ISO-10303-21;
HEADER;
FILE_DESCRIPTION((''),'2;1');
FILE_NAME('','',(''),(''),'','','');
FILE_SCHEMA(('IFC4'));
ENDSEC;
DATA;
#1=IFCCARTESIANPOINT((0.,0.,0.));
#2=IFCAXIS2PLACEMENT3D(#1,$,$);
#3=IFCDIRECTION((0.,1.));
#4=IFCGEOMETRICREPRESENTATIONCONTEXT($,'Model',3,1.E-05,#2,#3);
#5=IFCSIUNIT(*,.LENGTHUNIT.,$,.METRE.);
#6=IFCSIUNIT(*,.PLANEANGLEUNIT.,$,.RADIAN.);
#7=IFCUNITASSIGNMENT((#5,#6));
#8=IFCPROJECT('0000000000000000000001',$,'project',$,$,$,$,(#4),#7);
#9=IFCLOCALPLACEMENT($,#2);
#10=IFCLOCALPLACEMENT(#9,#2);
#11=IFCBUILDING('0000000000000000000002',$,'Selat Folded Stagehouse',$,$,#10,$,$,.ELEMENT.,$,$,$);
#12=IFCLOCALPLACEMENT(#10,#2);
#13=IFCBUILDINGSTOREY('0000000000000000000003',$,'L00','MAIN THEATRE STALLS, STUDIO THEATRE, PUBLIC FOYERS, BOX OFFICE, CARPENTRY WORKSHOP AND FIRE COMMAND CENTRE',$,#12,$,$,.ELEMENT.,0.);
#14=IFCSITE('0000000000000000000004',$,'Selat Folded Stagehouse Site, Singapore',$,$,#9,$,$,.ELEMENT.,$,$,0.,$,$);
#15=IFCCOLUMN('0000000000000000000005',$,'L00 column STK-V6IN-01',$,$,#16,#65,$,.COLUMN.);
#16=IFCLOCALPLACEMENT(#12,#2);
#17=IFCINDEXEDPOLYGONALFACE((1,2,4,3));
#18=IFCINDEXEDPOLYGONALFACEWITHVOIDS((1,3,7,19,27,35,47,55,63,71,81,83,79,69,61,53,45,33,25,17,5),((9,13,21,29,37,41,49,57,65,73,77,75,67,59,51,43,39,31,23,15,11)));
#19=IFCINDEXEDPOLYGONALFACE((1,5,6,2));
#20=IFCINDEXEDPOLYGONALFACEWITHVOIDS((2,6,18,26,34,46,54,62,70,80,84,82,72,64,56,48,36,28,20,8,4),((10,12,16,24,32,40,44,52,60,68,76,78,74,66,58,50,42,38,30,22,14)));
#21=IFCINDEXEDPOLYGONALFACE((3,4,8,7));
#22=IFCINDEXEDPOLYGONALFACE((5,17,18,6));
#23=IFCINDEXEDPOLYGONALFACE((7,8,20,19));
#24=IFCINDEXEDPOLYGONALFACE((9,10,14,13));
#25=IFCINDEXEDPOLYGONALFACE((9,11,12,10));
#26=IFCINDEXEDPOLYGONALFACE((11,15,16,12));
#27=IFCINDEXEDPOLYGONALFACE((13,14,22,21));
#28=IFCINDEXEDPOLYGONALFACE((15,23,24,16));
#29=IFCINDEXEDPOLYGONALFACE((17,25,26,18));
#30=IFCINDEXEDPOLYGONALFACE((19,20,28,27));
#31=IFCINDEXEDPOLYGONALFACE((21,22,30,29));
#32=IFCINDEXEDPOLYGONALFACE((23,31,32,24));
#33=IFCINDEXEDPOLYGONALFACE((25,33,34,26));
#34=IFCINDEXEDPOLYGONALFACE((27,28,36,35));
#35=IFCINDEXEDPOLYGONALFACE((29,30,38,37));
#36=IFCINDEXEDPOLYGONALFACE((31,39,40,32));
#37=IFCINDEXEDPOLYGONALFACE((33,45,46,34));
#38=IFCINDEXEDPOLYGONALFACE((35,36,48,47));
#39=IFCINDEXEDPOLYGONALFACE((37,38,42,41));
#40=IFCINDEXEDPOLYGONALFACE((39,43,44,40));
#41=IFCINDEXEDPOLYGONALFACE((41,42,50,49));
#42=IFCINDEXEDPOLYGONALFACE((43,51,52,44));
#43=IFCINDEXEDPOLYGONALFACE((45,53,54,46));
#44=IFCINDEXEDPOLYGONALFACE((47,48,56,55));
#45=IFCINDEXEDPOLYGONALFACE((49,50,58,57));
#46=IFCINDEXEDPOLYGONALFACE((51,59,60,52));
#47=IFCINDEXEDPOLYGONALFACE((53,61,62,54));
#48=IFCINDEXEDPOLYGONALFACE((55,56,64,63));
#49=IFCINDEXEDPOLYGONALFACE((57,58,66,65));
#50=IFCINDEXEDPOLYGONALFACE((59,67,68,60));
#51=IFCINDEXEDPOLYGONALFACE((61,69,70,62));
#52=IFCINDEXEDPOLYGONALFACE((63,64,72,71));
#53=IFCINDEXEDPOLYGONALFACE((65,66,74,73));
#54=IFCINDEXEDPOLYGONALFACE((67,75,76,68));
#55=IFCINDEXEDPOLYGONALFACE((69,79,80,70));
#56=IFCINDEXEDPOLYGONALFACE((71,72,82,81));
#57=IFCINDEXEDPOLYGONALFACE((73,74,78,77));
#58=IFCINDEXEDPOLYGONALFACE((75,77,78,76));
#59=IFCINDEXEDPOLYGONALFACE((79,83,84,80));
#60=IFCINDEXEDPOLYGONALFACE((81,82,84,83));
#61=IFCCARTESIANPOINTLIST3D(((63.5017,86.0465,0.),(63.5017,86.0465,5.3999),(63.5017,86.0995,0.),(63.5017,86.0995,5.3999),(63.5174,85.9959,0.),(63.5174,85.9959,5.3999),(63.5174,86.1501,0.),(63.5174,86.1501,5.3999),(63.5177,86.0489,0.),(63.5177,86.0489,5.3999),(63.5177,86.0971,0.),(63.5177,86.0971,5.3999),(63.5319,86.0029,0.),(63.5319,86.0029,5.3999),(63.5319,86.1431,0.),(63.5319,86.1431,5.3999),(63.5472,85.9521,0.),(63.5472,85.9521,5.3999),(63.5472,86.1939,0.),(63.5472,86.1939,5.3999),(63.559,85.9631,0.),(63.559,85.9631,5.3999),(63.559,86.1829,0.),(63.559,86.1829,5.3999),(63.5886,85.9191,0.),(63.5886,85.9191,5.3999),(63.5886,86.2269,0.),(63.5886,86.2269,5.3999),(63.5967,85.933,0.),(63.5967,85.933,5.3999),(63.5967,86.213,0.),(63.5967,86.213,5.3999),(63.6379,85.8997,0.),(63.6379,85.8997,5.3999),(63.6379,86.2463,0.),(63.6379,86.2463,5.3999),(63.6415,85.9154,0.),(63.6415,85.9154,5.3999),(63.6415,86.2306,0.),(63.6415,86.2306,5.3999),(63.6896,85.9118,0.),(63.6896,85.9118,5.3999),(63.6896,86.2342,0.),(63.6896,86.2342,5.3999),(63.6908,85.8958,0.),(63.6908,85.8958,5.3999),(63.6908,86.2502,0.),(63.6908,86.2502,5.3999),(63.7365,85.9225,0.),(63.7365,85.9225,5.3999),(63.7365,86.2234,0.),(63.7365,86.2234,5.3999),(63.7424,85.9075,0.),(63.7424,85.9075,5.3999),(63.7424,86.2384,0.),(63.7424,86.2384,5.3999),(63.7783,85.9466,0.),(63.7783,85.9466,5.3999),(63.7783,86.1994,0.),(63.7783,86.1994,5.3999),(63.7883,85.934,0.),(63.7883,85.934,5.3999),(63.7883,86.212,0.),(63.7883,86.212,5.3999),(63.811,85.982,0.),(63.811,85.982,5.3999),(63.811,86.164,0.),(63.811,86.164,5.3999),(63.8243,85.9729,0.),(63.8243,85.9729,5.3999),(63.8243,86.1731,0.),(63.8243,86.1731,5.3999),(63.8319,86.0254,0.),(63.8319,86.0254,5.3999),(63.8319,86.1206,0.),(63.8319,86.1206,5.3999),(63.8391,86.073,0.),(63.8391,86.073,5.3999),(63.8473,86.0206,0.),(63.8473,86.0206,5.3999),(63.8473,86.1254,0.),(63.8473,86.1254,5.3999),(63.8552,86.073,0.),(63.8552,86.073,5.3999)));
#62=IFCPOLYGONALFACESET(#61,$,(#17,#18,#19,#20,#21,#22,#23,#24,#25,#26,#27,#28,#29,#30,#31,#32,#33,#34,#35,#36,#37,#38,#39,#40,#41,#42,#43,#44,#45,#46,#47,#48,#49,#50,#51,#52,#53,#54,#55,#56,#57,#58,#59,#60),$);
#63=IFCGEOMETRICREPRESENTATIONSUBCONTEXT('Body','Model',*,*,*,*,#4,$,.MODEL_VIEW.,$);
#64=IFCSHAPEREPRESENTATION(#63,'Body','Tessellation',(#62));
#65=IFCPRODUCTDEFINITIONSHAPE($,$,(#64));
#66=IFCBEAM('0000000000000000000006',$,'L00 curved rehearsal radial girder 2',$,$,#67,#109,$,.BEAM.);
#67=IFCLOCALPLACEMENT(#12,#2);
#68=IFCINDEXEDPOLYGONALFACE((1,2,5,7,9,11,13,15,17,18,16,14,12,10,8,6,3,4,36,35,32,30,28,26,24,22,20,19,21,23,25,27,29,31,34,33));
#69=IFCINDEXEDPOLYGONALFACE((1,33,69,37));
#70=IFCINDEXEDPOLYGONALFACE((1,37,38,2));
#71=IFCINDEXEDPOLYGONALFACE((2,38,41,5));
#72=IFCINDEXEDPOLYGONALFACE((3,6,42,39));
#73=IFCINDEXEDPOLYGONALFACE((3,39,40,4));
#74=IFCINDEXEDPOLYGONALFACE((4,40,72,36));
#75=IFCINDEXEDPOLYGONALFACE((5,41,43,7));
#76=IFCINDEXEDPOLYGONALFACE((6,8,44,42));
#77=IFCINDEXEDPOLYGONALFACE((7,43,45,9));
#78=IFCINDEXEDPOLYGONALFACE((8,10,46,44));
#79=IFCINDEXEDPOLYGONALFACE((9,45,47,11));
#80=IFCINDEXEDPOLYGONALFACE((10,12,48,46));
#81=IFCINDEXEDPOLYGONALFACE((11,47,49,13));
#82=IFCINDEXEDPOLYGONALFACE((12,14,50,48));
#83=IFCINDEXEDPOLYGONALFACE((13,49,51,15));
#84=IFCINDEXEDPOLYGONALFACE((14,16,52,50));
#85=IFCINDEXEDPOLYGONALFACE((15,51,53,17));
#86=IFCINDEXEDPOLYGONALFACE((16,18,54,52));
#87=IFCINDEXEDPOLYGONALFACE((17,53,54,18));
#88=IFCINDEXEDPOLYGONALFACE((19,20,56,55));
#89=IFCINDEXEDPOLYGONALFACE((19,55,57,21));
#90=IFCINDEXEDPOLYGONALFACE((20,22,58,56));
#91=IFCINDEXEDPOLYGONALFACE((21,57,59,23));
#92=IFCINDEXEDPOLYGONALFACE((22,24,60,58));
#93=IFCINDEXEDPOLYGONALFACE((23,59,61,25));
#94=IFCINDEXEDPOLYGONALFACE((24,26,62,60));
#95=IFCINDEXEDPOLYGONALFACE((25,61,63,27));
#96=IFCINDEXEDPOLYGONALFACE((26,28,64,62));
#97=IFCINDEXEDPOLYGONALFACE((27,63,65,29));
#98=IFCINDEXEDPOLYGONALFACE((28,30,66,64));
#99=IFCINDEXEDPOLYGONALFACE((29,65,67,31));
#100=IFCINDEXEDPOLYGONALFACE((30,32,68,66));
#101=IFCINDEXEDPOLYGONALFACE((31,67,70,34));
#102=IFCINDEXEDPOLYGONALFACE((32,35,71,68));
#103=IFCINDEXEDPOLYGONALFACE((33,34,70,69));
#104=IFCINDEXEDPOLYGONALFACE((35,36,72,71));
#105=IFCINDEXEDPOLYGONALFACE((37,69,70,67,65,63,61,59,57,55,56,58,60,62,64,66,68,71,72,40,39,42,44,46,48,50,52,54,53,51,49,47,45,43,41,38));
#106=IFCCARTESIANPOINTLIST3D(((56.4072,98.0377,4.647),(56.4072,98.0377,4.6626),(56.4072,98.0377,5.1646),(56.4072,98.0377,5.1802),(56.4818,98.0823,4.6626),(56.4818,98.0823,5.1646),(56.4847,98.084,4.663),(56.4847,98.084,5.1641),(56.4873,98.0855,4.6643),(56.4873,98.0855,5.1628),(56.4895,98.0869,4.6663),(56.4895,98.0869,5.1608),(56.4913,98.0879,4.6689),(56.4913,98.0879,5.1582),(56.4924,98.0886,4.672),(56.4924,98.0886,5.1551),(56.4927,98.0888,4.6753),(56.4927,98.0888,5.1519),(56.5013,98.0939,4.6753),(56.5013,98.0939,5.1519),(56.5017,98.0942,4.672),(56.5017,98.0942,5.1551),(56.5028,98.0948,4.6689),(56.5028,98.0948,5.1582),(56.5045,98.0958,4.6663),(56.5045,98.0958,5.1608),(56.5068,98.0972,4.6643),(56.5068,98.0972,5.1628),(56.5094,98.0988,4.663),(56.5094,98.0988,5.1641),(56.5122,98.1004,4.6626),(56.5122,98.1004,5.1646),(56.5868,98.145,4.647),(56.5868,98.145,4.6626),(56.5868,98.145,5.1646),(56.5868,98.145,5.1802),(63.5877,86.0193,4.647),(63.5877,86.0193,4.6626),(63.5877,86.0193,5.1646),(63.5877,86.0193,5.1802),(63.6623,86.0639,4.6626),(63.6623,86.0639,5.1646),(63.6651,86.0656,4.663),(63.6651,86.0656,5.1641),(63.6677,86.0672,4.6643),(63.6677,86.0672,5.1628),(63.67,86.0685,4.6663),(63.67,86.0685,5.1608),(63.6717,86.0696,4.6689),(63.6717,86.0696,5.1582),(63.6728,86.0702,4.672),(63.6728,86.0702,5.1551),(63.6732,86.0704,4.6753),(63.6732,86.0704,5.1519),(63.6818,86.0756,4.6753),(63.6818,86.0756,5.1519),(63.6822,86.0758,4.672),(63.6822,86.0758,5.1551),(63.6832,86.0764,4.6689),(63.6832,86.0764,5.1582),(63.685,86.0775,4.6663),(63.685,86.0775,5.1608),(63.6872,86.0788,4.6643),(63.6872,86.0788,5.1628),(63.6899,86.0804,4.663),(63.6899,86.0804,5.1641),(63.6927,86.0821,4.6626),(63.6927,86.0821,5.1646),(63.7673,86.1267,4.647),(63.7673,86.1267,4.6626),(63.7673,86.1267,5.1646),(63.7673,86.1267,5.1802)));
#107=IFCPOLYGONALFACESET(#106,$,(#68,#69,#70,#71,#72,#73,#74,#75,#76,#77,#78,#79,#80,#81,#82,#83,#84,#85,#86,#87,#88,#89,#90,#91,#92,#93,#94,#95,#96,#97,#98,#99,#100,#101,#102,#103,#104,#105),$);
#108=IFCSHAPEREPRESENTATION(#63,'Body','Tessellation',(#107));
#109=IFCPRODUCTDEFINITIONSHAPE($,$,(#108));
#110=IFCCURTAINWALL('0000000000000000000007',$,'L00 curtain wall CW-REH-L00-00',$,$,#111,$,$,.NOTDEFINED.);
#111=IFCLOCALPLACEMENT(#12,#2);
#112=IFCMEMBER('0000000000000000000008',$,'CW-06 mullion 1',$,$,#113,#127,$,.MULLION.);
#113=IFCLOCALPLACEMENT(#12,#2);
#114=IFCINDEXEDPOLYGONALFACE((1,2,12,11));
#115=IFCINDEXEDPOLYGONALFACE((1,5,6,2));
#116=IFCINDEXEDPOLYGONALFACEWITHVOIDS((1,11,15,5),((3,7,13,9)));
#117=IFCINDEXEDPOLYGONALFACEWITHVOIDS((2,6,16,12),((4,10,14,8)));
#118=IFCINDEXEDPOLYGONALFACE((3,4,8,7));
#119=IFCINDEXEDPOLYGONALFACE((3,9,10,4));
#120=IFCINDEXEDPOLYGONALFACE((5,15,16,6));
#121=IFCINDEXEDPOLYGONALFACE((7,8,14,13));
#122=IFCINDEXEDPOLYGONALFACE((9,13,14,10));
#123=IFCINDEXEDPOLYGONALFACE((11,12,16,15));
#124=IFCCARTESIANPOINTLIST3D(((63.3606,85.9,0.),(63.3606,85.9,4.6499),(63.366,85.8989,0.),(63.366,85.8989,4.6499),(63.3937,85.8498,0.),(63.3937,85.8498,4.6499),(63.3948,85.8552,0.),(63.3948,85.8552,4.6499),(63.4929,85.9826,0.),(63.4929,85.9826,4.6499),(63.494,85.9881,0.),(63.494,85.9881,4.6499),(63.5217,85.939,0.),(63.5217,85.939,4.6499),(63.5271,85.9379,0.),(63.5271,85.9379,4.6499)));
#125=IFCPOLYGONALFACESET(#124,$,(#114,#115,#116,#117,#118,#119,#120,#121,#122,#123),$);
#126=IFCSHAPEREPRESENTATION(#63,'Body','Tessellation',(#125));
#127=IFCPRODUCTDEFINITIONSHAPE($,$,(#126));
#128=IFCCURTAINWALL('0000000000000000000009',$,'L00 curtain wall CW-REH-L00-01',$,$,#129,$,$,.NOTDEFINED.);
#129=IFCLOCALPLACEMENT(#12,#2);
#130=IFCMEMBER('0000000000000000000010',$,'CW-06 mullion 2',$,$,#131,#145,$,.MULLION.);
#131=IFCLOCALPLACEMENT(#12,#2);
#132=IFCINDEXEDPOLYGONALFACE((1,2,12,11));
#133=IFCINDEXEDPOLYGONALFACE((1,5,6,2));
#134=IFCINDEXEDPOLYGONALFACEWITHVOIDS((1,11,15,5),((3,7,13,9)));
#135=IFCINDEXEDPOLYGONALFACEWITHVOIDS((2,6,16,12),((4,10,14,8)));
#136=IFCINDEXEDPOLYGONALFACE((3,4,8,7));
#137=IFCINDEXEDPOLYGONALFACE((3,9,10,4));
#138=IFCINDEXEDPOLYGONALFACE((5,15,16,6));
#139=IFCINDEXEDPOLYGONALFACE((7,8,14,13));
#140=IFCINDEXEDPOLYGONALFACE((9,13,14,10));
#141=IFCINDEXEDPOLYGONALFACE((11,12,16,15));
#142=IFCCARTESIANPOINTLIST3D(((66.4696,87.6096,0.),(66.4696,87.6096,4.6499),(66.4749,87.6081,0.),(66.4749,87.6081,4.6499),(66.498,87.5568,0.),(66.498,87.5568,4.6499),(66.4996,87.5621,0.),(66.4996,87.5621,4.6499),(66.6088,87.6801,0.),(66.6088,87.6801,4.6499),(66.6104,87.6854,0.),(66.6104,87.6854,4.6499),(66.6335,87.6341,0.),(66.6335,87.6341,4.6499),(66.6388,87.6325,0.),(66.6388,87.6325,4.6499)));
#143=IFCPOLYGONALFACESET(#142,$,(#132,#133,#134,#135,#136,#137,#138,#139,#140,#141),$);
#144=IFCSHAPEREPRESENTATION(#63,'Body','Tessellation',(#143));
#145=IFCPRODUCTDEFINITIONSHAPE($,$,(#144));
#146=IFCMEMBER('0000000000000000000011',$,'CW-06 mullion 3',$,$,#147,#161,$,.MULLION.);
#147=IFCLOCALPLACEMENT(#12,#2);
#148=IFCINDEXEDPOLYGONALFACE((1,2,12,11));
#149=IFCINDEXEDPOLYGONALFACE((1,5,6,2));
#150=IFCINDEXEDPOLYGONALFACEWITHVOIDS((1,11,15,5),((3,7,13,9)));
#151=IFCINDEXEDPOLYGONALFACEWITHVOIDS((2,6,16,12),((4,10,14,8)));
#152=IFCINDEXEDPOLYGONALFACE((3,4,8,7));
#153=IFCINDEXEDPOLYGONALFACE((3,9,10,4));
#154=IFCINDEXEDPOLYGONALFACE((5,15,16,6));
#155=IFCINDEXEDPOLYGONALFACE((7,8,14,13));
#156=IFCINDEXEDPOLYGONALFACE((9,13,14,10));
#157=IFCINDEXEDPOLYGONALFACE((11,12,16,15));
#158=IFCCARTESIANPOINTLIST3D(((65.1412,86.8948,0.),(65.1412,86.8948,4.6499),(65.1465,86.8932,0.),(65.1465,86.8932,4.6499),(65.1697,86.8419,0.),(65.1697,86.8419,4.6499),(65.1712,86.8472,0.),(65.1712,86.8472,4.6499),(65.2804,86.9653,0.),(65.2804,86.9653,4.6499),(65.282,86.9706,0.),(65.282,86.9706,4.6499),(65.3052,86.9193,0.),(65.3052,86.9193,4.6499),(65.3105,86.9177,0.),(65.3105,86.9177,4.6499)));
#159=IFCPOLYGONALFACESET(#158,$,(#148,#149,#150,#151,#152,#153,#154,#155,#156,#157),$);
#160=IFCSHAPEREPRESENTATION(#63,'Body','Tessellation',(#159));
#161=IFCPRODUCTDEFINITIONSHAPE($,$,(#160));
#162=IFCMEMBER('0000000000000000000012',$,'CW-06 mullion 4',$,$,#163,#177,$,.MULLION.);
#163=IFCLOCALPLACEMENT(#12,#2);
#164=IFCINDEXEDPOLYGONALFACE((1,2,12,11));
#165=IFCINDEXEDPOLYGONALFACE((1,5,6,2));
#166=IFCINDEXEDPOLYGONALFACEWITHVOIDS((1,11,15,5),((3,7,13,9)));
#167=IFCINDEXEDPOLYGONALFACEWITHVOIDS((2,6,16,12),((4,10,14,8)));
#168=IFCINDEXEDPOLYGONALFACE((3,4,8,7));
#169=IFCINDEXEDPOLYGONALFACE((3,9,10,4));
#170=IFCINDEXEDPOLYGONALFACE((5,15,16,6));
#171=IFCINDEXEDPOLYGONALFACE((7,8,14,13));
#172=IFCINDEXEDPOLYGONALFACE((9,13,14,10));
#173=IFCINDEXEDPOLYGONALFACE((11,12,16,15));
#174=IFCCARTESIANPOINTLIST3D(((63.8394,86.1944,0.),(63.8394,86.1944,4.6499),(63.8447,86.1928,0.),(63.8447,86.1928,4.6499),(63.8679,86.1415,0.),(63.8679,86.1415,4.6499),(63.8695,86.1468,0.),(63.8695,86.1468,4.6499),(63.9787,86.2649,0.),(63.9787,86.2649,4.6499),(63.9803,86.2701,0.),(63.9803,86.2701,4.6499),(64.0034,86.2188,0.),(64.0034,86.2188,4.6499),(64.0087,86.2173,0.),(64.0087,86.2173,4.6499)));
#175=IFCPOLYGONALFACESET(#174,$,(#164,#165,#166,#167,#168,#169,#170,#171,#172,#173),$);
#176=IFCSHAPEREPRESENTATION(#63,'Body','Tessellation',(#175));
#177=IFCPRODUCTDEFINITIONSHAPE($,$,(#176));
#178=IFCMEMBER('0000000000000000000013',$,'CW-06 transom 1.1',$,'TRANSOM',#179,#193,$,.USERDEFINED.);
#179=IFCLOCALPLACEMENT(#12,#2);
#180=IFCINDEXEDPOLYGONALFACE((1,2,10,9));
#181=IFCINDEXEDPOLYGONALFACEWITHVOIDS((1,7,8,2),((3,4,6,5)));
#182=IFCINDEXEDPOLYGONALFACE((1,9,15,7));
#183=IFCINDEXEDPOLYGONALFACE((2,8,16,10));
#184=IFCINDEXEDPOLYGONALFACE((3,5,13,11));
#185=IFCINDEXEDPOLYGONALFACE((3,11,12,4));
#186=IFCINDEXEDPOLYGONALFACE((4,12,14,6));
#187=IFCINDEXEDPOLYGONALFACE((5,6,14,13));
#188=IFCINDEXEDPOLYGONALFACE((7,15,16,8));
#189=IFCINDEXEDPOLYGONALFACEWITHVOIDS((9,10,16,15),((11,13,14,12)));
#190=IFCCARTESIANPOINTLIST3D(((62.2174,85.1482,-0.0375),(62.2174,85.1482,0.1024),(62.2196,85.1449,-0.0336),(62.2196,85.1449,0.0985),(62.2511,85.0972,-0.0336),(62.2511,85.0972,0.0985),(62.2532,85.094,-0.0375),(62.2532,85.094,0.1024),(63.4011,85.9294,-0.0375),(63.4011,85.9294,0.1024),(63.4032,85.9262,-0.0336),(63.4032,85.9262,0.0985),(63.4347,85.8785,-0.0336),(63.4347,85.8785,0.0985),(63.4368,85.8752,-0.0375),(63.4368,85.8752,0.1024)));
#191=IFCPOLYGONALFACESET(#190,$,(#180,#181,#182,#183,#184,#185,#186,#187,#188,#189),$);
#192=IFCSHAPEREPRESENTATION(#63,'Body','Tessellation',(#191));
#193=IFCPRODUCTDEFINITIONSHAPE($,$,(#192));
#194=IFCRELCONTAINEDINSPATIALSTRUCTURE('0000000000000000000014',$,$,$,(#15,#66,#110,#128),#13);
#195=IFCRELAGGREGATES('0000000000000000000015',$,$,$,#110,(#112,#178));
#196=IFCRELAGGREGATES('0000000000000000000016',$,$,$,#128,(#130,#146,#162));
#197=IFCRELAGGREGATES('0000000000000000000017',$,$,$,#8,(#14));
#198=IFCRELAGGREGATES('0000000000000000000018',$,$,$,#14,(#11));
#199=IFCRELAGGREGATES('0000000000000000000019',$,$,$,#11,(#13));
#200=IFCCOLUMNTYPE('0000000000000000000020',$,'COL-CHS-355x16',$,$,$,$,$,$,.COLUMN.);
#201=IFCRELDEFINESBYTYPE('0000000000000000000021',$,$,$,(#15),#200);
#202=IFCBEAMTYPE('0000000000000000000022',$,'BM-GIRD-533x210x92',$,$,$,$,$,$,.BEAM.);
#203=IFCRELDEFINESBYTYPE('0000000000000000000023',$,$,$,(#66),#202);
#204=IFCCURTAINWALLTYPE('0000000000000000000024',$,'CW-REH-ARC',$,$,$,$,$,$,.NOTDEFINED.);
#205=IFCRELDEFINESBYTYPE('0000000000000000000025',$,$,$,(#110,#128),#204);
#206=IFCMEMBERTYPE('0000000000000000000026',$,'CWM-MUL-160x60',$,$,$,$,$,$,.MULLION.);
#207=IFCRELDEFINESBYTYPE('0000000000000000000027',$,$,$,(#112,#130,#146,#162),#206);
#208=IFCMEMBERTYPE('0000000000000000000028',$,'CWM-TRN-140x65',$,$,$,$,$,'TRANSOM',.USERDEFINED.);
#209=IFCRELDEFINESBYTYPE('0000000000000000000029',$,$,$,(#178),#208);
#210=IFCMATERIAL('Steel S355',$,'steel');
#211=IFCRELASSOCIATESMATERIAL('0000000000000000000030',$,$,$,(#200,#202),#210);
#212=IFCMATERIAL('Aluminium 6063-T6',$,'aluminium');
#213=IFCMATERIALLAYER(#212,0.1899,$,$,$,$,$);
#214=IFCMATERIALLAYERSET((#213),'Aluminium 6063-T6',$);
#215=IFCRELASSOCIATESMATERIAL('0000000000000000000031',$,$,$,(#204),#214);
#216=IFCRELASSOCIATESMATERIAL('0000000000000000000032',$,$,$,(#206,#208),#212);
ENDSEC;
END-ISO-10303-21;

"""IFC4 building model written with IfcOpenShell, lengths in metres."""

from ifc_helpers import new_model, si_unit, direction, frame, origin, origin_2d, place, context, subcontext, project, spatial, hollow_rectangle, hollow_circle, i_section, extrude, material, layer, layer_set, material_profile, profile_set, type_object, element, aggregate, save


model = new_model("IFC4")

# Units and contexts
model_context = context("Model", 3, precision=1e-05, world=origin(), true_north=direction((0.0, 1.0)))
body_context = subcontext(model_context, "Body", "Model", "MODEL_VIEW")
ifc_project = project(units=[si_unit("LENGTHUNIT", "METRE"), si_unit("PLANEANGLEUNIT", "RADIAN")], contexts=[model_context])

# Site, building, storey
site_placement = place(None, origin())
site = spatial("IfcSite", under=ifc_project, at=site_placement, Name="Selat Folded Stagehouse Site, Singapore", CompositionType="ELEMENT", RefElevation=0.0)
building_placement = place(site_placement, origin())
building = spatial("IfcBuilding", under=site, at=building_placement, Name="Selat Folded Stagehouse", CompositionType="ELEMENT")
storey_placement = place(building_placement, origin())
storey = spatial("IfcBuildingStorey", under=building, at=storey_placement, Name="L00", Description="MAIN THEATRE STALLS, STUDIO THEATRE, PUBLIC FOYERS, BOX OFFICE, CARPENTRY WORKSHOP AND FIRE COMMAND CENTRE", CompositionType="ELEMENT", Elevation=0.0)

# Column
ifc_material_1 = material(Name="Steel S355", Category="steel")
ifc_material_profile_1 = material_profile(ifc_material_1, hollow_circle(Radius=0.1777, WallThickness=0.0161, at=origin_2d()), Name="CHS 355.6x16.0")
ifc_profile_set_1 = profile_set([ifc_material_profile_1], Name="Steel S355")
column_type = type_object("IfcColumnType", Name="COL-CHS-355x16", PredefinedType="COLUMN", material=ifc_profile_set_1)
column_placement = place(storey_placement, frame((63.6775, 86.073, 0.0), z_axis=(0.0, 0.0, 1.0), x_axis=(1.0, 0.0, 0.0)))
element("IfcColumn", 1, at=column_placement, inside=storey, type_object=column_type, Name="L00 column STK-V6IN-01", PredefinedType="COLUMN", context=body_context, shape_type="SweptSolid", body=[
    extrude(hollow_circle(Radius=0.1777, WallThickness=0.0161, at=origin_2d()), origin(), (0.0, 0.0, 1.0), 5.3999),
])

# Beam
ifc_material_profile_2 = material_profile(ifc_material_1, i_section(OverallWidth=0.2092, OverallDepth=0.5332, WebThickness=0.01, FlangeThickness=0.0156, FilletRadius=0.0127, at=origin_2d()), Name="UKB 533x210x92")
ifc_profile_set_2 = profile_set([ifc_material_profile_2], Name="Steel S355")
beam_type_1 = type_object("IfcBeamType", Name="BM-GIRD-533x210x92", PredefinedType="BEAM", material=ifc_profile_set_2)
beam_1_placement = place(storey_placement, frame((63.6775, 86.073, 4.9136), z_axis=(-0.512889, 0.858455, 0.0), x_axis=(-0.858455, -0.512889, 0.0)))
element("IfcBeam", 2, at=beam_1_placement, inside=storey, type_object=beam_type_1, Name="L00 curved rehearsal radial girder 2", PredefinedType="BEAM", context=body_context, shape_type="SweptSolid", body=[
    extrude(i_section(OverallWidth=0.2092, OverallDepth=0.5332, WebThickness=0.01, FlangeThickness=0.0156, FilletRadius=0.0127, at=origin_2d()), origin(), (0.0, 0.0, 1.0), 14.0),
])

# Curtain wall, member
ifc_material_2 = material(Name="Aluminium 6063-T6", Category="aluminium")
ifc_layer_1 = layer(ifc_material_2, 0.1899)
ifc_layer_set_1 = layer_set([ifc_layer_1], Name="Aluminium 6063-T6")
curtain_wall_type = type_object("IfcCurtainWallType", Name="CW-REH-ARC", PredefinedType="NOTDEFINED", material=ifc_layer_set_1)
curtain_wall_1_placement = place(storey_placement, origin())
curtain_wall_1 = element("IfcCurtainWall", 3, at=curtain_wall_1_placement, inside=storey, type_object=curtain_wall_type, Name="L00 curtain wall CW-REH-L00-00", PredefinedType="NOTDEFINED")
ifc_material_profile_3 = material_profile(ifc_material_2, hollow_rectangle(XDim=0.0601, YDim=0.1599, WallThickness=0.0039, at=origin_2d()), Name="ALU 160x60x4.0")
ifc_profile_set_3 = profile_set([ifc_material_profile_3], Name="Aluminium 6063-T6")
member_type_1 = type_object("IfcMemberType", Name="CWM-MUL-160x60", PredefinedType="MULLION", material=ifc_profile_set_3)
member_1_placement = place(storey_placement, frame((63.4438, 85.9189, 0.0), z_axis=(0.0, 0.0, 1.0), x_axis=(0.550885, -0.834581, 0.0)))
member_1 = element("IfcMember", 4, at=member_1_placement, type_object=member_type_1, Name="CW-06 mullion 1", PredefinedType="MULLION", context=body_context, shape_type="SweptSolid", body=[
    extrude(hollow_rectangle(XDim=0.0601, YDim=0.1599, WallThickness=0.0039, at=origin_2d()), origin(), (0.0, 0.0, 1.0), 4.6499),
])

# Curtain wall, members
curtain_wall_2_placement = place(storey_placement, origin())
curtain_wall_2 = element("IfcCurtainWall", 5, at=curtain_wall_2_placement, inside=storey, type_object=curtain_wall_type, Name="L00 curtain wall CW-REH-L00-01", PredefinedType="NOTDEFINED")
member_2_placement = place(storey_placement, frame((66.5542, 87.6211, 0.0), z_axis=(0.0, 0.0, 1.0), x_axis=(0.473859, -0.880601, 0.0)))
member_2 = element("IfcMember", 6, at=member_2_placement, type_object=member_type_1, Name="CW-06 mullion 2", PredefinedType="MULLION", context=body_context, shape_type="SweptSolid", body=[
    extrude(hollow_rectangle(XDim=0.0601, YDim=0.1599, WallThickness=0.0039, at=origin_2d()), origin(), (0.0, 0.0, 1.0), 4.6499),
])
member_3_placement = place(storey_placement, frame((65.2258, 86.9062, 0.0), z_axis=(0.0, 0.0, 1.0), x_axis=(0.473859, -0.880601, 0.0)))
member_3 = element("IfcMember", 7, at=member_3_placement, type_object=member_type_1, Name="CW-06 mullion 3", PredefinedType="MULLION", context=body_context, shape_type="SweptSolid", body=[
    extrude(hollow_rectangle(XDim=0.0601, YDim=0.1599, WallThickness=0.0039, at=origin_2d()), origin(), (0.0, 0.0, 1.0), 4.6499),
])
member_4_placement = place(storey_placement, frame((63.9241, 86.2058, 0.0), z_axis=(0.0, 0.0, 1.0), x_axis=(0.473859, -0.880601, 0.0)))
member_4 = element("IfcMember", 8, at=member_4_placement, type_object=member_type_1, Name="CW-06 mullion 4", PredefinedType="MULLION", context=body_context, shape_type="SweptSolid", body=[
    extrude(hollow_rectangle(XDim=0.0601, YDim=0.1599, WallThickness=0.0039, at=origin_2d()), origin(), (0.0, 0.0, 1.0), 4.6499),
])

# Member
ifc_material_profile_4 = material_profile(ifc_material_2, hollow_rectangle(XDim=0.0649, YDim=0.1399, WallThickness=0.0039, at=origin_2d()), Name="ALU 140x65x4.0")
ifc_profile_set_4 = profile_set([ifc_material_profile_4], Name="Aluminium 6063-T6")
member_type_2 = type_object("IfcMemberType", Name="CWM-TRN-140x65", ElementType="TRANSOM", PredefinedType="USERDEFINED", material=ifc_profile_set_4)
member_5_placement = place(storey_placement, frame((63.4189, 85.9023, 0.0325), z_axis=(-0.834584, -0.550881, 0.0), x_axis=(0.550881, -0.834584, 0.0)))
member_5 = element("IfcMember", 9, at=member_5_placement, type_object=member_type_2, Name="CW-06 transom 1.1", ObjectType="TRANSOM", PredefinedType="USERDEFINED", context=body_context, shape_type="SweptSolid", body=[
    extrude(hollow_rectangle(XDim=0.0649, YDim=0.1399, WallThickness=0.0039, at=origin_2d()), origin(), (0.0, 0.0, 1.0), 1.4182),
])

aggregate(curtain_wall_1, [member_1, member_5])
aggregate(curtain_wall_2, [member_2, member_3, member_4])

save(model, "model.ifc")
